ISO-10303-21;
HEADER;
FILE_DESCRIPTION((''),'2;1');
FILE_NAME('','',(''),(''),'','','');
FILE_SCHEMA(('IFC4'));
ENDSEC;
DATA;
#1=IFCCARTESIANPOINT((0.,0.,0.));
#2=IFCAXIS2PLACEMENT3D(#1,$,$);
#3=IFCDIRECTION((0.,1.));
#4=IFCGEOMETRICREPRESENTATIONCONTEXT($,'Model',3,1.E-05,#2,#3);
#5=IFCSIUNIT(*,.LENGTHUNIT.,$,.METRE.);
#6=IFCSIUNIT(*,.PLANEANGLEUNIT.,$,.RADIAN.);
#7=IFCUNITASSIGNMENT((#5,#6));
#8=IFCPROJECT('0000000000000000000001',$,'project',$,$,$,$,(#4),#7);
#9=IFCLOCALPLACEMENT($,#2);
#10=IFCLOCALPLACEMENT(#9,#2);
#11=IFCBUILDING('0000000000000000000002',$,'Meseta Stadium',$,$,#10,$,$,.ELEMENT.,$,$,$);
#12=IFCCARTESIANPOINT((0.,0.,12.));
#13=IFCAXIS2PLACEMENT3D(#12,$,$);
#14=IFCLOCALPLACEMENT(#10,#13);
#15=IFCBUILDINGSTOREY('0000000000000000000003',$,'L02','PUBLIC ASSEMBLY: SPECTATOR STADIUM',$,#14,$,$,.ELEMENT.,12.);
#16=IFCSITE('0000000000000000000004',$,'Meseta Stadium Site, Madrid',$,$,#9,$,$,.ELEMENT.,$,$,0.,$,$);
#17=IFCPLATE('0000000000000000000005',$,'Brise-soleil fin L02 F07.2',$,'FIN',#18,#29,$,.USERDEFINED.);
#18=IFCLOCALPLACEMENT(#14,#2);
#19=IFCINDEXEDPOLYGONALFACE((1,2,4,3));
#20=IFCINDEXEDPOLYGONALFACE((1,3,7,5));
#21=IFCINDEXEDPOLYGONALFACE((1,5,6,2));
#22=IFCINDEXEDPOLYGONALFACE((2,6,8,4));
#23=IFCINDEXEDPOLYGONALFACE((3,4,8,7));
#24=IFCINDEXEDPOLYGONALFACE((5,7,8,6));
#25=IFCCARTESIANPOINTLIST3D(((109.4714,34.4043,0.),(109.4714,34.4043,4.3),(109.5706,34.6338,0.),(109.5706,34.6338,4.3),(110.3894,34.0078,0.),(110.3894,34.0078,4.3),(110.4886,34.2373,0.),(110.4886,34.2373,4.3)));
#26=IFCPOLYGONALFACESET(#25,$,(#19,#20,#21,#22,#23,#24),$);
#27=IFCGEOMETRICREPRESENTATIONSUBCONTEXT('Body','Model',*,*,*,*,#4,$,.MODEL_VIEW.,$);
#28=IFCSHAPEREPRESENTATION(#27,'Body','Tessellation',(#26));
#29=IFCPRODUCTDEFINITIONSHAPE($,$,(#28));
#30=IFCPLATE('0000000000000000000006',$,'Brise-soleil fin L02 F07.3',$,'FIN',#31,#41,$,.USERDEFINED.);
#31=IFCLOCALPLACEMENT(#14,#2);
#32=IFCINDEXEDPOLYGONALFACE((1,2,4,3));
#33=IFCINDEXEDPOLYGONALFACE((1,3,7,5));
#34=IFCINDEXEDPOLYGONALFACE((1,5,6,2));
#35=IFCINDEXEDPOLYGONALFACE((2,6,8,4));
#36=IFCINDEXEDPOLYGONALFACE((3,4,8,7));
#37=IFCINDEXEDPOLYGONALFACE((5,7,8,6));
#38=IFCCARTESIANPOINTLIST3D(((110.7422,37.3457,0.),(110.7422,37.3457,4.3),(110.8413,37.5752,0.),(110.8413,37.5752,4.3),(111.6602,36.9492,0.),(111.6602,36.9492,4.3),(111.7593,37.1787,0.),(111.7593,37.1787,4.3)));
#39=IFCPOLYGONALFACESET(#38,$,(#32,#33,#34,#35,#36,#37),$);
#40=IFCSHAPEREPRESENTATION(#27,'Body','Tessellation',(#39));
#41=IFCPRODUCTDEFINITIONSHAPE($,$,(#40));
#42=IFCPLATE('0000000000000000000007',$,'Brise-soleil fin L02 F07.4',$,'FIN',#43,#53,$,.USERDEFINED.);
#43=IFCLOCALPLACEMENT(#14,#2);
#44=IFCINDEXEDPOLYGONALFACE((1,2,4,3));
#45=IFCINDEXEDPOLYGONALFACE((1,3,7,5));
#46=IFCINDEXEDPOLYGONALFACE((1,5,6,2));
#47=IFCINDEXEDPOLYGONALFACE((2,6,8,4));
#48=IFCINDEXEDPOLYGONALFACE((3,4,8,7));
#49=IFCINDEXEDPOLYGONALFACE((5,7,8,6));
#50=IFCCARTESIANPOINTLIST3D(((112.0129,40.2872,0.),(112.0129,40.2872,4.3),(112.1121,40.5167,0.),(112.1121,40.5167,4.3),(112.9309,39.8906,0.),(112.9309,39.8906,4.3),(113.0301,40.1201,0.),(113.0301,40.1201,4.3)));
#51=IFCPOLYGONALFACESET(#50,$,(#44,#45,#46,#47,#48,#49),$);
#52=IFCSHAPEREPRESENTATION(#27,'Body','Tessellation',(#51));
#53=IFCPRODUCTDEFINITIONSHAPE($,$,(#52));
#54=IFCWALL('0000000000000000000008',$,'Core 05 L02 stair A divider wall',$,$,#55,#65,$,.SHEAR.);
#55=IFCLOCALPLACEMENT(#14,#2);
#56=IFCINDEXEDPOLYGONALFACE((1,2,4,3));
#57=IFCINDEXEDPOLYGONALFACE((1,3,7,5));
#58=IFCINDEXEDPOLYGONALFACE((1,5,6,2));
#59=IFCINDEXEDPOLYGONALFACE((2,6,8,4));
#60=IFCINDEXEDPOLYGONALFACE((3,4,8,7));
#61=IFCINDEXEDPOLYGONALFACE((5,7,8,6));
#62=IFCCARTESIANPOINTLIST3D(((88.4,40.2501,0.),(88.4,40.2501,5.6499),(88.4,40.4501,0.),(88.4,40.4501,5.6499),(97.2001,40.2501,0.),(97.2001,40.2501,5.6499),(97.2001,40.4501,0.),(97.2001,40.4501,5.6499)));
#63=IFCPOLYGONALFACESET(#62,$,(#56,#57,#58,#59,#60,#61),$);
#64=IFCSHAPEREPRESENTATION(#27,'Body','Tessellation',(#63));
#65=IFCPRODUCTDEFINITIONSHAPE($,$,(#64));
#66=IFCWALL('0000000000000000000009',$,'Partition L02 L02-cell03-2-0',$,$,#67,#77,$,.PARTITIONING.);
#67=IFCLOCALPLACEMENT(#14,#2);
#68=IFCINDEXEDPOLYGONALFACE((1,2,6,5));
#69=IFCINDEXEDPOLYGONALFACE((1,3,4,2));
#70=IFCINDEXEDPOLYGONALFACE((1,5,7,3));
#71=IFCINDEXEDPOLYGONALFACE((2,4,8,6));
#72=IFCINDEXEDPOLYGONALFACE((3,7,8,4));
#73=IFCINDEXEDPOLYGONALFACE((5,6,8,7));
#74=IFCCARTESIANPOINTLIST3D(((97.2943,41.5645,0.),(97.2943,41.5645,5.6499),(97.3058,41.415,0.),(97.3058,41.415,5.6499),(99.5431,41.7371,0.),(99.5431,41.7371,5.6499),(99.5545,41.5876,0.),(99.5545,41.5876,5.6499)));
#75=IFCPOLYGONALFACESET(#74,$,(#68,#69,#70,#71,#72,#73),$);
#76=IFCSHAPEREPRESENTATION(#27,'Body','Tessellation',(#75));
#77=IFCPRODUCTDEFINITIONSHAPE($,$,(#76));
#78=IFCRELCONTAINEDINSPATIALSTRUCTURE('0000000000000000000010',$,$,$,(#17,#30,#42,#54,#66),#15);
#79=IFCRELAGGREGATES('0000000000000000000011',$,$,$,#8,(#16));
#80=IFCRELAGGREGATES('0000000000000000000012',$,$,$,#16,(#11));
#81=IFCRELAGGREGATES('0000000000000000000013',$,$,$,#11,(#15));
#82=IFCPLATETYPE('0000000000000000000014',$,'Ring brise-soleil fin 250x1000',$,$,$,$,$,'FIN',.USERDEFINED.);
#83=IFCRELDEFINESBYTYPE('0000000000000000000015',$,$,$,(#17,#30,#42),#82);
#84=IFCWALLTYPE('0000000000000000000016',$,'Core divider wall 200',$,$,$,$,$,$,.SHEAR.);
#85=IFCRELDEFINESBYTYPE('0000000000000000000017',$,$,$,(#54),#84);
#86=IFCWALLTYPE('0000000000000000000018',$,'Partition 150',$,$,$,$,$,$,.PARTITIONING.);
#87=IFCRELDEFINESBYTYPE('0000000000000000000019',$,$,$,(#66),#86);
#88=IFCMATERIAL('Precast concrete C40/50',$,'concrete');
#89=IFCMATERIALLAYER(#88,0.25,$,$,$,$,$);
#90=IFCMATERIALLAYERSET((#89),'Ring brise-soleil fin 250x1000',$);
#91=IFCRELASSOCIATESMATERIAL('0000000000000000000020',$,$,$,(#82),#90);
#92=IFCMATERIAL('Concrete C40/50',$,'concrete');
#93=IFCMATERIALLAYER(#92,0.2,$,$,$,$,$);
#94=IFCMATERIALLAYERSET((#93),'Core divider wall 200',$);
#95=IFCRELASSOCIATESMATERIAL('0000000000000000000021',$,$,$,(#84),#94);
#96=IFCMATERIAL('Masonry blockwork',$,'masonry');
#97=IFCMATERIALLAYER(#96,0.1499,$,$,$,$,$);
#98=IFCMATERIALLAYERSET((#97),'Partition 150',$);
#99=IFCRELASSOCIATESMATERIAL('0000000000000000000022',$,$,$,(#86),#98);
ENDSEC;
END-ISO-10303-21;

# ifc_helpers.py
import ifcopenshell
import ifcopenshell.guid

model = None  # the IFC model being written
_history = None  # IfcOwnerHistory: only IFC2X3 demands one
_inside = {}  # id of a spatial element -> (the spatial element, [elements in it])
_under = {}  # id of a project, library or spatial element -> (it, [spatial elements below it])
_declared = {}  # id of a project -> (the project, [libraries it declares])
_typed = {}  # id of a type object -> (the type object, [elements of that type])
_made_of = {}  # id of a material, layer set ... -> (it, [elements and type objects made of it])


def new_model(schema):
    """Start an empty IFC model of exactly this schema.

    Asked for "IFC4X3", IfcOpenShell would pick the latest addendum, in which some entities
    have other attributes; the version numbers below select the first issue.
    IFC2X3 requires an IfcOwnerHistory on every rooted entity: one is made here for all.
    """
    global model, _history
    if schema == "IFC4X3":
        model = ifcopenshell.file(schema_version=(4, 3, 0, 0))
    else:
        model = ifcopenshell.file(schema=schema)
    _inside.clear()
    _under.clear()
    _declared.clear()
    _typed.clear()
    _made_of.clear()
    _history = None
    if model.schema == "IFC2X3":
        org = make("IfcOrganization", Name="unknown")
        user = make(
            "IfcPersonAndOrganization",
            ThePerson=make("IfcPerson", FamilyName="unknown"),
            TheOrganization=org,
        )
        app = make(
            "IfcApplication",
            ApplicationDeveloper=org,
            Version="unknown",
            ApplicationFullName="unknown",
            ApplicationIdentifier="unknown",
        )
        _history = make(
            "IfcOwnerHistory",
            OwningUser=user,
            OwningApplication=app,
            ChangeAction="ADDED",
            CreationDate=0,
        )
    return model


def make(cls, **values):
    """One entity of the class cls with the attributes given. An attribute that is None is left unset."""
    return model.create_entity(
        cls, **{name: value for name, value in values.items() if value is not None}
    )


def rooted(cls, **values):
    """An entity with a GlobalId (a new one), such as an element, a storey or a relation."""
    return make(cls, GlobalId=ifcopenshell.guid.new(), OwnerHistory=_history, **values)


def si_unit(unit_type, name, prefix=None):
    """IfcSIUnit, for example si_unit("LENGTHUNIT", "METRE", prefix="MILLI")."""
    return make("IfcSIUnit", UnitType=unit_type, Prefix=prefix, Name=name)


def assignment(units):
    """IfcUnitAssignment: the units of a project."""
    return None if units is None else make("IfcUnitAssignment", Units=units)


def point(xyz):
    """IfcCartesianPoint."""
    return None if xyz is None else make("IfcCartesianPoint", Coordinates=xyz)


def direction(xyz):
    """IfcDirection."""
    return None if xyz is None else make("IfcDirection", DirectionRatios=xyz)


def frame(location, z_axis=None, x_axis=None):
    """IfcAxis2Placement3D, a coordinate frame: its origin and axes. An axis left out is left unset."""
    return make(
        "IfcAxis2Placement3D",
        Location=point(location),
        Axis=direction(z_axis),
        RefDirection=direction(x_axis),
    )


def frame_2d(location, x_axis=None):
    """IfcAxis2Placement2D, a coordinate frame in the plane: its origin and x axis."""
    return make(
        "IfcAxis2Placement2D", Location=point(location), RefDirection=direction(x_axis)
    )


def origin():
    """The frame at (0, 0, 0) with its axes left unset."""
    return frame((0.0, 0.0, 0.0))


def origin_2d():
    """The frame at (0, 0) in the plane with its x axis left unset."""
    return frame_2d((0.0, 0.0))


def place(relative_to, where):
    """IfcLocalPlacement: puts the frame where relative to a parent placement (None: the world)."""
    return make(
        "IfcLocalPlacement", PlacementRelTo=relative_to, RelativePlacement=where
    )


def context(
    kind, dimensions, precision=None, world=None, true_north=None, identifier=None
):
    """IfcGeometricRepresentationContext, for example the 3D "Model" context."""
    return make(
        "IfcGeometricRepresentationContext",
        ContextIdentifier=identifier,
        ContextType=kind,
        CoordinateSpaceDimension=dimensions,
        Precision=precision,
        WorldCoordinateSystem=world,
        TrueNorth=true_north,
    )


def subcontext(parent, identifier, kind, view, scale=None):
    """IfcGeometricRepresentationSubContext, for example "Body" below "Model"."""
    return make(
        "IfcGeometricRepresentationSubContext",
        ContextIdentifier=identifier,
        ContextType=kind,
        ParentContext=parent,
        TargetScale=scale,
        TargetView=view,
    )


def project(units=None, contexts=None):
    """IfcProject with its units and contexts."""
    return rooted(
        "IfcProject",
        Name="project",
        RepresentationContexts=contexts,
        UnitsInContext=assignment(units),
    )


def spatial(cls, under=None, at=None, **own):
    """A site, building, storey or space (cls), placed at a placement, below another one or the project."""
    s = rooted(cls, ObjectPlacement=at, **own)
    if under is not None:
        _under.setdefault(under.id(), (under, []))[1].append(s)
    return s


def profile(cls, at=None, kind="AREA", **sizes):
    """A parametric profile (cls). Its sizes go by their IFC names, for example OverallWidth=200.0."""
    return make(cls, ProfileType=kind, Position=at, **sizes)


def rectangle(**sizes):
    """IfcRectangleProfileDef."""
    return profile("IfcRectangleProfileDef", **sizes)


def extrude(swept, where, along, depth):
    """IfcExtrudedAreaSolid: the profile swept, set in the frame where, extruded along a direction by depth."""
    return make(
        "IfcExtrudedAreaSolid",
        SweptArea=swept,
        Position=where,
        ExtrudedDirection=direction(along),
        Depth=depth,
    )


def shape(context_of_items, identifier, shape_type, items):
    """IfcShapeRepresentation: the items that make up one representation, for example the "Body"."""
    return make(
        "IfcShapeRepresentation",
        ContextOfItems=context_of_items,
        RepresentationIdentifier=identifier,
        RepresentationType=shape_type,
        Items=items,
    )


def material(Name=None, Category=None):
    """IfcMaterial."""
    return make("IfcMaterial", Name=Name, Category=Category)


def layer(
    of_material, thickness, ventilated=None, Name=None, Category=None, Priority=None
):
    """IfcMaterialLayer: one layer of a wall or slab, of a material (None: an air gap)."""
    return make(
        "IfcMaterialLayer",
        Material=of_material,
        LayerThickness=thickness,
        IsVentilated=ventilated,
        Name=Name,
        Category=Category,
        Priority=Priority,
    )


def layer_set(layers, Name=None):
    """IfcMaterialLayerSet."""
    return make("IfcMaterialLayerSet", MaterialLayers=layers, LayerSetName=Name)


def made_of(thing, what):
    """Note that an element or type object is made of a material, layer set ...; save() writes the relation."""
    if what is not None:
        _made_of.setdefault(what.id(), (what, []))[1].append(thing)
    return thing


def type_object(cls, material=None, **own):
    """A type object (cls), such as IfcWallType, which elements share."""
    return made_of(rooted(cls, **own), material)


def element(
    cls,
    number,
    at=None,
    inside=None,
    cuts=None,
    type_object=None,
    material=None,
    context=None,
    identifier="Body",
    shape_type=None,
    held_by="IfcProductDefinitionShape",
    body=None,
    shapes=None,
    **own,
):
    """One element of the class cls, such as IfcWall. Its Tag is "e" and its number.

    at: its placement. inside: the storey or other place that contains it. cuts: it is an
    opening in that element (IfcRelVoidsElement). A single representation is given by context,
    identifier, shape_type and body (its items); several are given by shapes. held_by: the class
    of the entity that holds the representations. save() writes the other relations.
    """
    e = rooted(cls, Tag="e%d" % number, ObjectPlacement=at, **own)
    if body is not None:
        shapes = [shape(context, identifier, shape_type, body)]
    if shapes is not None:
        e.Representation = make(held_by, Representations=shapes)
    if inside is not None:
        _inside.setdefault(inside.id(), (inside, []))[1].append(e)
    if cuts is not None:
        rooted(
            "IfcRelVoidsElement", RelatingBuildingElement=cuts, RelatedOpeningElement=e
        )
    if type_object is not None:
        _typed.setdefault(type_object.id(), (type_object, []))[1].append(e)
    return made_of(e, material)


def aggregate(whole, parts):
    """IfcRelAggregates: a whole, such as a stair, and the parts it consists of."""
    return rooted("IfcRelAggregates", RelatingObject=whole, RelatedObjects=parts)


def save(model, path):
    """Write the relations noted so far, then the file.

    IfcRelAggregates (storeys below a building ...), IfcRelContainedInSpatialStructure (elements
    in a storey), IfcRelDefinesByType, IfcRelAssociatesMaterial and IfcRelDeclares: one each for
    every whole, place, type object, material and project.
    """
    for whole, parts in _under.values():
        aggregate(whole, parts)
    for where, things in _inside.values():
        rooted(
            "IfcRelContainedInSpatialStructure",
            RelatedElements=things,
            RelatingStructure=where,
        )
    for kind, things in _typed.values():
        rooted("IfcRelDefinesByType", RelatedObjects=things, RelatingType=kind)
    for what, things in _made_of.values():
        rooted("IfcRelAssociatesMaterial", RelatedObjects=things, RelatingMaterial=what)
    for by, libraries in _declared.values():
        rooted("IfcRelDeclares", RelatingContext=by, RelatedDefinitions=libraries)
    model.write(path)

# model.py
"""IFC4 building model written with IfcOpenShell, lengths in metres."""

from ifc_helpers import new_model, si_unit, direction, frame, frame_2d, origin, origin_2d, place, context, subcontext, project, spatial, rectangle, extrude, material, layer, layer_set, type_object, element, save


model = new_model("IFC4")

# Units and contexts
model_context = context("Model", 3, precision=1e-05, world=origin(), true_north=direction((0.0, 1.0)))
body_context = subcontext(model_context, "Body", "Model", "MODEL_VIEW")
ifc_project = project(units=[si_unit("LENGTHUNIT", "METRE"), si_unit("PLANEANGLEUNIT", "RADIAN")], contexts=[model_context])

# Site, building, storey
site_placement = place(None, origin())
site = spatial("IfcSite", under=ifc_project, at=site_placement, Name="Meseta Stadium Site, Madrid", CompositionType="ELEMENT", RefElevation=0.0)
building_placement = place(site_placement, origin())
building = spatial("IfcBuilding", under=site, at=building_placement, Name="Meseta Stadium", CompositionType="ELEMENT")
storey_placement = place(building_placement, frame((0.0, 0.0, 12.0)))
storey = spatial("IfcBuildingStorey", under=building, at=storey_placement, Name="L02", Description="PUBLIC ASSEMBLY: SPECTATOR STADIUM", CompositionType="ELEMENT", Elevation=12.0)

# Plates
ifc_material_1 = material(Name="Precast concrete C40/50", Category="concrete")
ifc_layer_1 = layer(ifc_material_1, 0.25)
ifc_layer_set_1 = layer_set([ifc_layer_1], Name="Ring brise-soleil fin 250x1000")
plate_type_1 = type_object("IfcPlateType", Name="Ring brise-soleil fin 250x1000", ElementType="FIN", PredefinedType="USERDEFINED", material=ifc_layer_set_1)
for number, where, z_axis, x_axis, name in (
    (1, (109.98, 34.3208, 0.0), (0.0, 0.0, 1.0), (0.396576, 0.918002, 0.0), "Brise-soleil fin L02 F07.2"),
    (2, (111.2507, 37.2622, 0.0), (0.0, 0.0, 1.0), (0.396576, 0.918002, 0.0), "Brise-soleil fin L02 F07.3"),
    (3, (112.5215, 40.2036, 0.0), (0.0, 0.0, 1.0), (0.396576, 0.918002, 0.0), "Brise-soleil fin L02 F07.4"),
):
    element("IfcPlate", number, at=place(storey_placement, frame(where, z_axis=z_axis, x_axis=x_axis)), inside=storey, type_object=plate_type_1, Name=name, ObjectType="FIN", PredefinedType="USERDEFINED", context=body_context, shape_type="SweptSolid", body=[
        extrude(rectangle(XDim=0.25, YDim=1.0, at=origin_2d()), origin(), (0.0, 0.0, 1.0), 4.3),
    ])

# Walls
ifc_material_2 = material(Name="Concrete C40/50", Category="concrete")
ifc_layer_2 = layer(ifc_material_2, 0.2)
ifc_layer_set_2 = layer_set([ifc_layer_2], Name="Core divider wall 200")
wall_type_1 = type_object("IfcWallType", Name="Core divider wall 200", PredefinedType="SHEAR", material=ifc_layer_set_2)
wall_1_placement = place(storey_placement, frame((97.2, 40.3501, 0.0), z_axis=(0.0, 0.0, 1.0), x_axis=(-1.0, 0.0, 0.0)))
element("IfcWall", 4, at=wall_1_placement, inside=storey, type_object=wall_type_1, Name="Core 05 L02 stair A divider wall", PredefinedType="SHEAR", context=body_context, shape_type="SweptSolid", body=[
    extrude(rectangle(XDim=8.8, YDim=0.2, at=frame_2d((4.3999, 0.0))), origin(), (0.0, 0.0, 1.0), 5.6499),
])
ifc_material_3 = material(Name="Masonry blockwork", Category="masonry")
ifc_layer_3 = layer(ifc_material_3, 0.1499)
ifc_layer_set_3 = layer_set([ifc_layer_3], Name="Partition 150")
wall_type_2 = type_object("IfcWallType", Name="Partition 150", PredefinedType="PARTITIONING", material=ifc_layer_set_3)
wall_2_placement = place(storey_placement, frame((97.3, 41.4897, 0.0), z_axis=(0.0, 0.0, 1.0), x_axis=(0.997067, 0.076531, 0.0)))
element("IfcWall", 5, at=wall_2_placement, inside=storey, type_object=wall_type_2, Name="Partition L02 L02-cell03-2-0", PredefinedType="PARTITIONING", context=body_context, shape_type="SweptSolid", body=[
    extrude(rectangle(XDim=2.2554, YDim=0.1499, at=frame_2d((1.1277, 0.0))), origin(), (0.0, 0.0, 1.0), 5.6499),
])

save(model, "model.ifc")
